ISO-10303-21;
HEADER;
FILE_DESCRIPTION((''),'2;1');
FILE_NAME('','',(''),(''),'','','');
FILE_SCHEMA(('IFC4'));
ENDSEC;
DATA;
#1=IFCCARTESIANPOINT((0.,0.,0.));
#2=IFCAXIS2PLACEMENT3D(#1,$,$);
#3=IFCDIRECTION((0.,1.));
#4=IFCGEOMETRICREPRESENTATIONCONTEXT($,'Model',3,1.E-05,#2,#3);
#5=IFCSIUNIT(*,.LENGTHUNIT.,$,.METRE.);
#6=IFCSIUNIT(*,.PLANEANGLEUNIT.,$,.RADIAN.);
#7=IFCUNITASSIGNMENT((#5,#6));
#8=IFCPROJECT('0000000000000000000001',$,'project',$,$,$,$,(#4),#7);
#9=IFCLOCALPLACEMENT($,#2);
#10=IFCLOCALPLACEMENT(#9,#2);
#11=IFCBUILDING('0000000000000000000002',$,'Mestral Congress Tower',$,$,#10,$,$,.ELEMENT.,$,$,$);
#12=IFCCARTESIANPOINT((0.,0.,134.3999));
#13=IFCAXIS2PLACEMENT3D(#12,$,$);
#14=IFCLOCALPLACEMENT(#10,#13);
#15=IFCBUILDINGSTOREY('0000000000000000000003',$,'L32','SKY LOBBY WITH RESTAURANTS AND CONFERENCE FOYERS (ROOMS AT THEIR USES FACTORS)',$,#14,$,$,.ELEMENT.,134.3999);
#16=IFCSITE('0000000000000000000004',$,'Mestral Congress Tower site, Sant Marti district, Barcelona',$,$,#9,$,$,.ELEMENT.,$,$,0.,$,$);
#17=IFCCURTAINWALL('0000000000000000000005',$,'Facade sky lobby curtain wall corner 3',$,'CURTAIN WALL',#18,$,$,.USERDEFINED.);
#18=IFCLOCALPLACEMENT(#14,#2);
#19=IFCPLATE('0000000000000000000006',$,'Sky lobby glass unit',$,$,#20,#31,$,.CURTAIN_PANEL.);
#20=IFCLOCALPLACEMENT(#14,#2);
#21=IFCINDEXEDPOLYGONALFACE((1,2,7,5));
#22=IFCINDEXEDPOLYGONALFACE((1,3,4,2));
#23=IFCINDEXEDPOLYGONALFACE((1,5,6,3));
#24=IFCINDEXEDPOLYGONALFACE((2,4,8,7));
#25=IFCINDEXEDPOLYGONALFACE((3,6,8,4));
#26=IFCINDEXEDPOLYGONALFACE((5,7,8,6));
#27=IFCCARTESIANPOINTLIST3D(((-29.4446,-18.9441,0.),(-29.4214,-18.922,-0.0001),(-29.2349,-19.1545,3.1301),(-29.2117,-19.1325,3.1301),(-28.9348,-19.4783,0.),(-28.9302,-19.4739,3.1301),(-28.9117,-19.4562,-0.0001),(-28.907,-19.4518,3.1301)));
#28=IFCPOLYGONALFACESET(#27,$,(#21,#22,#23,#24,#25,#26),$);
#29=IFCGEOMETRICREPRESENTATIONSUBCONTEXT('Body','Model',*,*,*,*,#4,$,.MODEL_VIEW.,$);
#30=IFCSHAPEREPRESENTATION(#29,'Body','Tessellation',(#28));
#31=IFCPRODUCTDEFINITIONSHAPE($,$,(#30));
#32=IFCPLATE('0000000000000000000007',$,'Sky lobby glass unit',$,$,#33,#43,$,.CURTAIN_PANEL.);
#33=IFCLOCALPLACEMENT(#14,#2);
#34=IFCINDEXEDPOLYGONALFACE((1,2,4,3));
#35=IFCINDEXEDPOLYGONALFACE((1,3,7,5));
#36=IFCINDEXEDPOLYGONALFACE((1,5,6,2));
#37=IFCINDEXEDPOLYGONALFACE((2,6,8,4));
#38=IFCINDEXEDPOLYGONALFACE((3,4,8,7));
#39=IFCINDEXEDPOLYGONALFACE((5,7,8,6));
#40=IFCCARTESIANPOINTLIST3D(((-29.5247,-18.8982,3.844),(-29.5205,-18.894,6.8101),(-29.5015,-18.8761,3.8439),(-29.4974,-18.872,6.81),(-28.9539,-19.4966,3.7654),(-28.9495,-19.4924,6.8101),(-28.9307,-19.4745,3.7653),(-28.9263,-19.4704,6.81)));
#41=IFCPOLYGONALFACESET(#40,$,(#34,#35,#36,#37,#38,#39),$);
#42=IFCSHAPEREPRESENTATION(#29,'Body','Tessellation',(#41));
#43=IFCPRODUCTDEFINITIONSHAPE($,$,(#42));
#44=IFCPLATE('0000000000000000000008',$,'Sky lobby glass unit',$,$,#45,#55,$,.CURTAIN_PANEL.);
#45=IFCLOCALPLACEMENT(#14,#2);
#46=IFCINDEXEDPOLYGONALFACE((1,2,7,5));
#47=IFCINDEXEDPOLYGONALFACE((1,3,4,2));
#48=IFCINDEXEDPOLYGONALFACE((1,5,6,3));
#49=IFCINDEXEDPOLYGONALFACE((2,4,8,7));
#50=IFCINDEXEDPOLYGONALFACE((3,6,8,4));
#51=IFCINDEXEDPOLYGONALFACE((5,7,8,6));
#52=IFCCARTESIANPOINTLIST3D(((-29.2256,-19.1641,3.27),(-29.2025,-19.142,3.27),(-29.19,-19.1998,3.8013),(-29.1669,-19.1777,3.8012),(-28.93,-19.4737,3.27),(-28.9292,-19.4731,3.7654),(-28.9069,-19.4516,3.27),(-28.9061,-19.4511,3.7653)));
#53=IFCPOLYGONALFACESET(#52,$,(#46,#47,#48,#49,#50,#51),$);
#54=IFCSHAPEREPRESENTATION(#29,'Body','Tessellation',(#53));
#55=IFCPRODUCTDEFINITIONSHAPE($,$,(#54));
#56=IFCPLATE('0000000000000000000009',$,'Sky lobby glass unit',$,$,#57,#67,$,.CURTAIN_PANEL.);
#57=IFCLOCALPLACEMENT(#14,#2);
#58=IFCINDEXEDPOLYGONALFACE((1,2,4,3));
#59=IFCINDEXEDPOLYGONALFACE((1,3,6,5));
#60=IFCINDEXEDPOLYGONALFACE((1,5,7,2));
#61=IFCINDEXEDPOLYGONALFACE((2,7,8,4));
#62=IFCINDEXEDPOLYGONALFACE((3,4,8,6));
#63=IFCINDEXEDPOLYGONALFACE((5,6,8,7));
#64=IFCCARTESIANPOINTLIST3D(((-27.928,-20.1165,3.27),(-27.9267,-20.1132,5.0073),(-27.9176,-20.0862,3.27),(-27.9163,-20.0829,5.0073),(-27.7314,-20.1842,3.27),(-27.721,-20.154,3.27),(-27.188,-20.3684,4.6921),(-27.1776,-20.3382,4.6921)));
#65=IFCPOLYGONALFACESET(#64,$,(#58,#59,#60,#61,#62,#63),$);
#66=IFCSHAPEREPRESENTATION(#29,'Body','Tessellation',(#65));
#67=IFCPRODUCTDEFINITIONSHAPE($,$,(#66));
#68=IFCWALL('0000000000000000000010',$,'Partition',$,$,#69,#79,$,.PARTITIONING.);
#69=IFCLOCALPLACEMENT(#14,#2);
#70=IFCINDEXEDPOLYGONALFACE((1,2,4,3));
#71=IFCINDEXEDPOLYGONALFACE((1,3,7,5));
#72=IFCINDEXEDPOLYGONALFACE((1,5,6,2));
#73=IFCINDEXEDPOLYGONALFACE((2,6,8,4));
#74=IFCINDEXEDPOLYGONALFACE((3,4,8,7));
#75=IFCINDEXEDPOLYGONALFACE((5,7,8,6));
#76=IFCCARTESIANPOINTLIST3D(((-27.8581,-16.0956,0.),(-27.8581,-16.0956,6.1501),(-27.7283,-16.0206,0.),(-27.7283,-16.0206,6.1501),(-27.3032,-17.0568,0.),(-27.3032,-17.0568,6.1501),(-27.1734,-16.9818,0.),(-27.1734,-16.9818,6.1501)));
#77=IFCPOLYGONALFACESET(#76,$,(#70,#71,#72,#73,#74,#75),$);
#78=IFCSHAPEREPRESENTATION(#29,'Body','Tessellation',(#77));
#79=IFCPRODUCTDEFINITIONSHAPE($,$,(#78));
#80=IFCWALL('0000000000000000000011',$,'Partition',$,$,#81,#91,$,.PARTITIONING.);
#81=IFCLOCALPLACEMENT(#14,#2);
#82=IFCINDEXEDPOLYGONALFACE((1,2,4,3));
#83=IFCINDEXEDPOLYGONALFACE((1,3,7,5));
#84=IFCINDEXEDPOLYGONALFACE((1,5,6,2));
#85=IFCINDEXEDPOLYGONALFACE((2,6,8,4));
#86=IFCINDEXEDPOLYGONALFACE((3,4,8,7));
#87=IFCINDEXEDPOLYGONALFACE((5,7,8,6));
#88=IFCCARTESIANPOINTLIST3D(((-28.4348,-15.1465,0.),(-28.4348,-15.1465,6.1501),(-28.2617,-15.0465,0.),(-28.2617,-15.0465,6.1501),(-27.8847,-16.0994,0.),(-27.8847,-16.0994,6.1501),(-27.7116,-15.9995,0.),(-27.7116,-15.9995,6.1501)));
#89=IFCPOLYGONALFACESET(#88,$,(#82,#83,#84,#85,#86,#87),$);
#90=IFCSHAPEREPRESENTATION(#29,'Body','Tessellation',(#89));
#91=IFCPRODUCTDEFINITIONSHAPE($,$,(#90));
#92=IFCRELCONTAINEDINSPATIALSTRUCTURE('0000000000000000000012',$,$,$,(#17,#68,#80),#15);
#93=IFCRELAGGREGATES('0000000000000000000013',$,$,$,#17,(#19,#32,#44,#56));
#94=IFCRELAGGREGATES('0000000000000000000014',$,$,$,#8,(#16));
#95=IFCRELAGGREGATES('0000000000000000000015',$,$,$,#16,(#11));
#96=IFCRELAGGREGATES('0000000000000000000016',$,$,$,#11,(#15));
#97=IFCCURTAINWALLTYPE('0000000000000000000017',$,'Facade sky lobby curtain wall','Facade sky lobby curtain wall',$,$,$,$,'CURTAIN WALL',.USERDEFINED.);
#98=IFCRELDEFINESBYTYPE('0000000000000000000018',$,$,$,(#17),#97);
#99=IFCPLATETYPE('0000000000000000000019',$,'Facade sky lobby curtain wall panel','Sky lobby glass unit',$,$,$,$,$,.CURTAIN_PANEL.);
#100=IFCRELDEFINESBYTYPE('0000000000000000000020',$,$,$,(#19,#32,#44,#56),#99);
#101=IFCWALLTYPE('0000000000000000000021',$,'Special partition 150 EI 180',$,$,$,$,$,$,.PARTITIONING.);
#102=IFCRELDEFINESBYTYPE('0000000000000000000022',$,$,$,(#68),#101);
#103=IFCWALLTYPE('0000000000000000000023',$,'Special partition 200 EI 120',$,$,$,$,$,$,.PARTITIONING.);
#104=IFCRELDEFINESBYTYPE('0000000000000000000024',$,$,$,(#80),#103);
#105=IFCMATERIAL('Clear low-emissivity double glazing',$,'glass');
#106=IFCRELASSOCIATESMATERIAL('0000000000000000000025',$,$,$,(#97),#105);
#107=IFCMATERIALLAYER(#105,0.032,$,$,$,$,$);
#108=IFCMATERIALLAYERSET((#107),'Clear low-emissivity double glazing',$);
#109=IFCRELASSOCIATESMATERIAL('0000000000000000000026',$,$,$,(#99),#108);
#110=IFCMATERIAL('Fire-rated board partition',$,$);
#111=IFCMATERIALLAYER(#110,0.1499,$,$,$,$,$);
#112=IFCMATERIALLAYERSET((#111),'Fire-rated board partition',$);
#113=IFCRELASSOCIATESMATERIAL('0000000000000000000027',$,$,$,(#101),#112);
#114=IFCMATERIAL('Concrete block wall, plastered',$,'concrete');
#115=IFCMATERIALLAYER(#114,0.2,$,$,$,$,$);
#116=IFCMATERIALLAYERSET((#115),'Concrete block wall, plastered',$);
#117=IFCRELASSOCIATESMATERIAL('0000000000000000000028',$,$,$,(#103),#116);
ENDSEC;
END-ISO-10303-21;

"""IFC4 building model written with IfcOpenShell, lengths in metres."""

from ifc_helpers import new_model, si_unit, direction, frame, frame_2d, origin, place, context, subcontext, project, spatial, polyline, rectangle, outline, extrude, material, layer, layer_set, type_object, element, aggregate, save


model = new_model("IFC4")

# Units and contexts
model_context = context("Model", 3, precision=1e-05, world=origin(), true_north=direction((0.0, 1.0)))
body_context = subcontext(model_context, "Body", "Model", "MODEL_VIEW")
ifc_project = project(units=[si_unit("LENGTHUNIT", "METRE"), si_unit("PLANEANGLEUNIT", "RADIAN")], contexts=[model_context])

# Site, building, storey
site_placement = place(None, origin())
site = spatial("IfcSite", under=ifc_project, at=site_placement, Name="Mestral Congress Tower site, Sant Marti district, Barcelona", CompositionType="ELEMENT", RefElevation=0.0)
building_placement = place(site_placement, origin())
building = spatial("IfcBuilding", under=site, at=building_placement, Name="Mestral Congress Tower", CompositionType="ELEMENT")
storey_placement = place(building_placement, frame((0.0, 0.0, 134.3999)))
storey = spatial("IfcBuildingStorey", under=building, at=storey_placement, Name="L32", Description="SKY LOBBY WITH RESTAURANTS AND CONFERENCE FOYERS (ROOMS AT THEIR USES FACTORS)", CompositionType="ELEMENT", Elevation=134.3999)

# Curtain wall
ifc_material_1 = material(Name="Clear low-emissivity double glazing", Category="glass")
curtain_wall_type = type_object("IfcCurtainWallType", Name="Facade sky lobby curtain wall", Description="Facade sky lobby curtain wall", ElementType="CURTAIN WALL", PredefinedType="USERDEFINED", material=ifc_material_1)
curtain_wall_placement = place(storey_placement, origin())
curtain_wall = element("IfcCurtainWall", 1, at=curtain_wall_placement, inside=storey, type_object=curtain_wall_type, Name="Facade sky lobby curtain wall corner 3", ObjectType="CURTAIN WALL", PredefinedType="USERDEFINED")

# Plates
ifc_layer_1 = layer(ifc_material_1, 0.032)
ifc_layer_set_1 = layer_set([ifc_layer_1], Name="Clear low-emissivity double glazing")
plate_type_1 = type_object("IfcPlateType", Name="Facade sky lobby curtain wall panel", Description="Sky lobby glass unit", PredefinedType="CURTAIN_PANEL", material=ifc_layer_set_1)
plate_1_placement = place(storey_placement, frame((-28.9348, -19.4783, 0.0), z_axis=(-0.723467, -0.690356, 0.002049), x_axis=(-0.690358, 0.723468, 0.0)))
plate_1 = element("IfcPlate", 2, at=plate_1_placement, type_object=plate_type_1, Name="Sky lobby glass unit", PredefinedType="CURTAIN_PANEL", context=body_context, shape_type="SweptSolid", body=[
    extrude(outline(polyline([(0.0, 0.0), (0.7384, 0.0), (0.4413, -3.1301), (0.0, -3.1301), (0.0, 0.0)])), origin(), (0.0, 0.0, -1.0), 0.032),
])
plate_2_placement = place(storey_placement, frame((-29.5205, -18.894, 6.8101), z_axis=(-0.72345, -0.690374, 0.001982), x_axis=(0.690375, -0.723451, 0.0)))
plate_2 = element("IfcPlate", 3, at=plate_2_placement, type_object=plate_type_1, Name="Sky lobby glass unit", PredefinedType="CURTAIN_PANEL", context=body_context, shape_type="SweptSolid", body=[
    extrude(outline(polyline([(0.0, 0.0), (0.8271, 0.0), (0.8271, -3.0447), (0.0001, -2.9661), (0.0, 0.0)])), origin(), (0.0, 0.0, -1.0), 0.032),
])
plate_3_placement = place(storey_placement, frame((-28.9292, -19.4731, 3.7654), z_axis=(-0.723362, -0.690466, 0.001987), x_axis=(-0.00165, -0.001149, -0.999998)))
plate_3 = element("IfcPlate", 4, at=plate_3_placement, type_object=plate_type_1, Name="Sky lobby glass unit", PredefinedType="CURTAIN_PANEL", context=body_context, shape_type="SweptSolid", body=[
    extrude(outline(polyline([(0.0, 0.0), (0.4954, 0.0), (0.4955, -0.4281), (-0.0358, -0.3778), (0.0, 0.0)])), origin(), (0.0, 0.0, -1.0), 0.032),
])
plate_4_placement = place(storey_placement, frame((-27.928, -20.1165, 3.27), z_axis=(-0.325811, -0.945433, 0.002034), x_axis=(0.000728, 0.0019, 0.999998)))
plate_4 = element("IfcPlate", 5, at=plate_4_placement, type_object=plate_type_1, Name="Sky lobby glass unit", PredefinedType="CURTAIN_PANEL", context=body_context, shape_type="SweptSolid", body=[
    extrude(outline(polyline([(0.0, 0.0), (1.7373, 0.0), (1.4222, -0.7816), (0.0, -0.2079), (0.0, 0.0)])), origin(), (0.0, 0.0, -1.0), 0.032),
])
aggregate(curtain_wall, [plate_1, plate_2, plate_3, plate_4])

# Walls
ifc_material_2 = material(Name="Fire-rated board partition")
ifc_layer_2 = layer(ifc_material_2, 0.1499)
ifc_layer_set_2 = layer_set([ifc_layer_2], Name="Fire-rated board partition")
wall_type_1 = type_object("IfcWallType", Name="Special partition 150 EI 180", PredefinedType="PARTITIONING", material=ifc_layer_set_2)
wall_1_placement = place(storey_placement, frame((-27.2383, -17.0193, 0.0), z_axis=(0.0, 0.0, 1.0), x_axis=(-0.499995, 0.866028, 0.0)))
element("IfcWall", 6, at=wall_1_placement, inside=storey, type_object=wall_type_1, Name="Partition", PredefinedType="PARTITIONING", context=body_context, shape_type="SweptSolid", body=[
    extrude(rectangle(XDim=1.1099, YDim=0.1499, at=frame_2d((0.5549, 0.0))), origin(), (0.0, 0.0, 1.0), 6.1501),
])
ifc_material_3 = material(Name="Concrete block wall, plastered", Category="concrete")
ifc_layer_3 = layer(ifc_material_3, 0.2)
ifc_layer_set_3 = layer_set([ifc_layer_3], Name="Concrete block wall, plastered")
wall_type_2 = type_object("IfcWallType", Name="Special partition 200 EI 120", PredefinedType="PARTITIONING", material=ifc_layer_set_3)
wall_2_placement = place(storey_placement, frame((-27.7981, -16.0496, 0.0), z_axis=(0.0, 0.0, 1.0), x_axis=(-0.499934, 0.866064, 0.0)))
element("IfcWall", 7, at=wall_2_placement, inside=storey, type_object=wall_type_2, Name="Partition", PredefinedType="PARTITIONING", context=body_context, shape_type="SweptSolid", body=[
    extrude(rectangle(XDim=1.1003, YDim=0.2, at=frame_2d((0.5503, 0.0))), origin(), (0.0, 0.0, 1.0), 6.1501),
])

save(model, "model.ifc")
